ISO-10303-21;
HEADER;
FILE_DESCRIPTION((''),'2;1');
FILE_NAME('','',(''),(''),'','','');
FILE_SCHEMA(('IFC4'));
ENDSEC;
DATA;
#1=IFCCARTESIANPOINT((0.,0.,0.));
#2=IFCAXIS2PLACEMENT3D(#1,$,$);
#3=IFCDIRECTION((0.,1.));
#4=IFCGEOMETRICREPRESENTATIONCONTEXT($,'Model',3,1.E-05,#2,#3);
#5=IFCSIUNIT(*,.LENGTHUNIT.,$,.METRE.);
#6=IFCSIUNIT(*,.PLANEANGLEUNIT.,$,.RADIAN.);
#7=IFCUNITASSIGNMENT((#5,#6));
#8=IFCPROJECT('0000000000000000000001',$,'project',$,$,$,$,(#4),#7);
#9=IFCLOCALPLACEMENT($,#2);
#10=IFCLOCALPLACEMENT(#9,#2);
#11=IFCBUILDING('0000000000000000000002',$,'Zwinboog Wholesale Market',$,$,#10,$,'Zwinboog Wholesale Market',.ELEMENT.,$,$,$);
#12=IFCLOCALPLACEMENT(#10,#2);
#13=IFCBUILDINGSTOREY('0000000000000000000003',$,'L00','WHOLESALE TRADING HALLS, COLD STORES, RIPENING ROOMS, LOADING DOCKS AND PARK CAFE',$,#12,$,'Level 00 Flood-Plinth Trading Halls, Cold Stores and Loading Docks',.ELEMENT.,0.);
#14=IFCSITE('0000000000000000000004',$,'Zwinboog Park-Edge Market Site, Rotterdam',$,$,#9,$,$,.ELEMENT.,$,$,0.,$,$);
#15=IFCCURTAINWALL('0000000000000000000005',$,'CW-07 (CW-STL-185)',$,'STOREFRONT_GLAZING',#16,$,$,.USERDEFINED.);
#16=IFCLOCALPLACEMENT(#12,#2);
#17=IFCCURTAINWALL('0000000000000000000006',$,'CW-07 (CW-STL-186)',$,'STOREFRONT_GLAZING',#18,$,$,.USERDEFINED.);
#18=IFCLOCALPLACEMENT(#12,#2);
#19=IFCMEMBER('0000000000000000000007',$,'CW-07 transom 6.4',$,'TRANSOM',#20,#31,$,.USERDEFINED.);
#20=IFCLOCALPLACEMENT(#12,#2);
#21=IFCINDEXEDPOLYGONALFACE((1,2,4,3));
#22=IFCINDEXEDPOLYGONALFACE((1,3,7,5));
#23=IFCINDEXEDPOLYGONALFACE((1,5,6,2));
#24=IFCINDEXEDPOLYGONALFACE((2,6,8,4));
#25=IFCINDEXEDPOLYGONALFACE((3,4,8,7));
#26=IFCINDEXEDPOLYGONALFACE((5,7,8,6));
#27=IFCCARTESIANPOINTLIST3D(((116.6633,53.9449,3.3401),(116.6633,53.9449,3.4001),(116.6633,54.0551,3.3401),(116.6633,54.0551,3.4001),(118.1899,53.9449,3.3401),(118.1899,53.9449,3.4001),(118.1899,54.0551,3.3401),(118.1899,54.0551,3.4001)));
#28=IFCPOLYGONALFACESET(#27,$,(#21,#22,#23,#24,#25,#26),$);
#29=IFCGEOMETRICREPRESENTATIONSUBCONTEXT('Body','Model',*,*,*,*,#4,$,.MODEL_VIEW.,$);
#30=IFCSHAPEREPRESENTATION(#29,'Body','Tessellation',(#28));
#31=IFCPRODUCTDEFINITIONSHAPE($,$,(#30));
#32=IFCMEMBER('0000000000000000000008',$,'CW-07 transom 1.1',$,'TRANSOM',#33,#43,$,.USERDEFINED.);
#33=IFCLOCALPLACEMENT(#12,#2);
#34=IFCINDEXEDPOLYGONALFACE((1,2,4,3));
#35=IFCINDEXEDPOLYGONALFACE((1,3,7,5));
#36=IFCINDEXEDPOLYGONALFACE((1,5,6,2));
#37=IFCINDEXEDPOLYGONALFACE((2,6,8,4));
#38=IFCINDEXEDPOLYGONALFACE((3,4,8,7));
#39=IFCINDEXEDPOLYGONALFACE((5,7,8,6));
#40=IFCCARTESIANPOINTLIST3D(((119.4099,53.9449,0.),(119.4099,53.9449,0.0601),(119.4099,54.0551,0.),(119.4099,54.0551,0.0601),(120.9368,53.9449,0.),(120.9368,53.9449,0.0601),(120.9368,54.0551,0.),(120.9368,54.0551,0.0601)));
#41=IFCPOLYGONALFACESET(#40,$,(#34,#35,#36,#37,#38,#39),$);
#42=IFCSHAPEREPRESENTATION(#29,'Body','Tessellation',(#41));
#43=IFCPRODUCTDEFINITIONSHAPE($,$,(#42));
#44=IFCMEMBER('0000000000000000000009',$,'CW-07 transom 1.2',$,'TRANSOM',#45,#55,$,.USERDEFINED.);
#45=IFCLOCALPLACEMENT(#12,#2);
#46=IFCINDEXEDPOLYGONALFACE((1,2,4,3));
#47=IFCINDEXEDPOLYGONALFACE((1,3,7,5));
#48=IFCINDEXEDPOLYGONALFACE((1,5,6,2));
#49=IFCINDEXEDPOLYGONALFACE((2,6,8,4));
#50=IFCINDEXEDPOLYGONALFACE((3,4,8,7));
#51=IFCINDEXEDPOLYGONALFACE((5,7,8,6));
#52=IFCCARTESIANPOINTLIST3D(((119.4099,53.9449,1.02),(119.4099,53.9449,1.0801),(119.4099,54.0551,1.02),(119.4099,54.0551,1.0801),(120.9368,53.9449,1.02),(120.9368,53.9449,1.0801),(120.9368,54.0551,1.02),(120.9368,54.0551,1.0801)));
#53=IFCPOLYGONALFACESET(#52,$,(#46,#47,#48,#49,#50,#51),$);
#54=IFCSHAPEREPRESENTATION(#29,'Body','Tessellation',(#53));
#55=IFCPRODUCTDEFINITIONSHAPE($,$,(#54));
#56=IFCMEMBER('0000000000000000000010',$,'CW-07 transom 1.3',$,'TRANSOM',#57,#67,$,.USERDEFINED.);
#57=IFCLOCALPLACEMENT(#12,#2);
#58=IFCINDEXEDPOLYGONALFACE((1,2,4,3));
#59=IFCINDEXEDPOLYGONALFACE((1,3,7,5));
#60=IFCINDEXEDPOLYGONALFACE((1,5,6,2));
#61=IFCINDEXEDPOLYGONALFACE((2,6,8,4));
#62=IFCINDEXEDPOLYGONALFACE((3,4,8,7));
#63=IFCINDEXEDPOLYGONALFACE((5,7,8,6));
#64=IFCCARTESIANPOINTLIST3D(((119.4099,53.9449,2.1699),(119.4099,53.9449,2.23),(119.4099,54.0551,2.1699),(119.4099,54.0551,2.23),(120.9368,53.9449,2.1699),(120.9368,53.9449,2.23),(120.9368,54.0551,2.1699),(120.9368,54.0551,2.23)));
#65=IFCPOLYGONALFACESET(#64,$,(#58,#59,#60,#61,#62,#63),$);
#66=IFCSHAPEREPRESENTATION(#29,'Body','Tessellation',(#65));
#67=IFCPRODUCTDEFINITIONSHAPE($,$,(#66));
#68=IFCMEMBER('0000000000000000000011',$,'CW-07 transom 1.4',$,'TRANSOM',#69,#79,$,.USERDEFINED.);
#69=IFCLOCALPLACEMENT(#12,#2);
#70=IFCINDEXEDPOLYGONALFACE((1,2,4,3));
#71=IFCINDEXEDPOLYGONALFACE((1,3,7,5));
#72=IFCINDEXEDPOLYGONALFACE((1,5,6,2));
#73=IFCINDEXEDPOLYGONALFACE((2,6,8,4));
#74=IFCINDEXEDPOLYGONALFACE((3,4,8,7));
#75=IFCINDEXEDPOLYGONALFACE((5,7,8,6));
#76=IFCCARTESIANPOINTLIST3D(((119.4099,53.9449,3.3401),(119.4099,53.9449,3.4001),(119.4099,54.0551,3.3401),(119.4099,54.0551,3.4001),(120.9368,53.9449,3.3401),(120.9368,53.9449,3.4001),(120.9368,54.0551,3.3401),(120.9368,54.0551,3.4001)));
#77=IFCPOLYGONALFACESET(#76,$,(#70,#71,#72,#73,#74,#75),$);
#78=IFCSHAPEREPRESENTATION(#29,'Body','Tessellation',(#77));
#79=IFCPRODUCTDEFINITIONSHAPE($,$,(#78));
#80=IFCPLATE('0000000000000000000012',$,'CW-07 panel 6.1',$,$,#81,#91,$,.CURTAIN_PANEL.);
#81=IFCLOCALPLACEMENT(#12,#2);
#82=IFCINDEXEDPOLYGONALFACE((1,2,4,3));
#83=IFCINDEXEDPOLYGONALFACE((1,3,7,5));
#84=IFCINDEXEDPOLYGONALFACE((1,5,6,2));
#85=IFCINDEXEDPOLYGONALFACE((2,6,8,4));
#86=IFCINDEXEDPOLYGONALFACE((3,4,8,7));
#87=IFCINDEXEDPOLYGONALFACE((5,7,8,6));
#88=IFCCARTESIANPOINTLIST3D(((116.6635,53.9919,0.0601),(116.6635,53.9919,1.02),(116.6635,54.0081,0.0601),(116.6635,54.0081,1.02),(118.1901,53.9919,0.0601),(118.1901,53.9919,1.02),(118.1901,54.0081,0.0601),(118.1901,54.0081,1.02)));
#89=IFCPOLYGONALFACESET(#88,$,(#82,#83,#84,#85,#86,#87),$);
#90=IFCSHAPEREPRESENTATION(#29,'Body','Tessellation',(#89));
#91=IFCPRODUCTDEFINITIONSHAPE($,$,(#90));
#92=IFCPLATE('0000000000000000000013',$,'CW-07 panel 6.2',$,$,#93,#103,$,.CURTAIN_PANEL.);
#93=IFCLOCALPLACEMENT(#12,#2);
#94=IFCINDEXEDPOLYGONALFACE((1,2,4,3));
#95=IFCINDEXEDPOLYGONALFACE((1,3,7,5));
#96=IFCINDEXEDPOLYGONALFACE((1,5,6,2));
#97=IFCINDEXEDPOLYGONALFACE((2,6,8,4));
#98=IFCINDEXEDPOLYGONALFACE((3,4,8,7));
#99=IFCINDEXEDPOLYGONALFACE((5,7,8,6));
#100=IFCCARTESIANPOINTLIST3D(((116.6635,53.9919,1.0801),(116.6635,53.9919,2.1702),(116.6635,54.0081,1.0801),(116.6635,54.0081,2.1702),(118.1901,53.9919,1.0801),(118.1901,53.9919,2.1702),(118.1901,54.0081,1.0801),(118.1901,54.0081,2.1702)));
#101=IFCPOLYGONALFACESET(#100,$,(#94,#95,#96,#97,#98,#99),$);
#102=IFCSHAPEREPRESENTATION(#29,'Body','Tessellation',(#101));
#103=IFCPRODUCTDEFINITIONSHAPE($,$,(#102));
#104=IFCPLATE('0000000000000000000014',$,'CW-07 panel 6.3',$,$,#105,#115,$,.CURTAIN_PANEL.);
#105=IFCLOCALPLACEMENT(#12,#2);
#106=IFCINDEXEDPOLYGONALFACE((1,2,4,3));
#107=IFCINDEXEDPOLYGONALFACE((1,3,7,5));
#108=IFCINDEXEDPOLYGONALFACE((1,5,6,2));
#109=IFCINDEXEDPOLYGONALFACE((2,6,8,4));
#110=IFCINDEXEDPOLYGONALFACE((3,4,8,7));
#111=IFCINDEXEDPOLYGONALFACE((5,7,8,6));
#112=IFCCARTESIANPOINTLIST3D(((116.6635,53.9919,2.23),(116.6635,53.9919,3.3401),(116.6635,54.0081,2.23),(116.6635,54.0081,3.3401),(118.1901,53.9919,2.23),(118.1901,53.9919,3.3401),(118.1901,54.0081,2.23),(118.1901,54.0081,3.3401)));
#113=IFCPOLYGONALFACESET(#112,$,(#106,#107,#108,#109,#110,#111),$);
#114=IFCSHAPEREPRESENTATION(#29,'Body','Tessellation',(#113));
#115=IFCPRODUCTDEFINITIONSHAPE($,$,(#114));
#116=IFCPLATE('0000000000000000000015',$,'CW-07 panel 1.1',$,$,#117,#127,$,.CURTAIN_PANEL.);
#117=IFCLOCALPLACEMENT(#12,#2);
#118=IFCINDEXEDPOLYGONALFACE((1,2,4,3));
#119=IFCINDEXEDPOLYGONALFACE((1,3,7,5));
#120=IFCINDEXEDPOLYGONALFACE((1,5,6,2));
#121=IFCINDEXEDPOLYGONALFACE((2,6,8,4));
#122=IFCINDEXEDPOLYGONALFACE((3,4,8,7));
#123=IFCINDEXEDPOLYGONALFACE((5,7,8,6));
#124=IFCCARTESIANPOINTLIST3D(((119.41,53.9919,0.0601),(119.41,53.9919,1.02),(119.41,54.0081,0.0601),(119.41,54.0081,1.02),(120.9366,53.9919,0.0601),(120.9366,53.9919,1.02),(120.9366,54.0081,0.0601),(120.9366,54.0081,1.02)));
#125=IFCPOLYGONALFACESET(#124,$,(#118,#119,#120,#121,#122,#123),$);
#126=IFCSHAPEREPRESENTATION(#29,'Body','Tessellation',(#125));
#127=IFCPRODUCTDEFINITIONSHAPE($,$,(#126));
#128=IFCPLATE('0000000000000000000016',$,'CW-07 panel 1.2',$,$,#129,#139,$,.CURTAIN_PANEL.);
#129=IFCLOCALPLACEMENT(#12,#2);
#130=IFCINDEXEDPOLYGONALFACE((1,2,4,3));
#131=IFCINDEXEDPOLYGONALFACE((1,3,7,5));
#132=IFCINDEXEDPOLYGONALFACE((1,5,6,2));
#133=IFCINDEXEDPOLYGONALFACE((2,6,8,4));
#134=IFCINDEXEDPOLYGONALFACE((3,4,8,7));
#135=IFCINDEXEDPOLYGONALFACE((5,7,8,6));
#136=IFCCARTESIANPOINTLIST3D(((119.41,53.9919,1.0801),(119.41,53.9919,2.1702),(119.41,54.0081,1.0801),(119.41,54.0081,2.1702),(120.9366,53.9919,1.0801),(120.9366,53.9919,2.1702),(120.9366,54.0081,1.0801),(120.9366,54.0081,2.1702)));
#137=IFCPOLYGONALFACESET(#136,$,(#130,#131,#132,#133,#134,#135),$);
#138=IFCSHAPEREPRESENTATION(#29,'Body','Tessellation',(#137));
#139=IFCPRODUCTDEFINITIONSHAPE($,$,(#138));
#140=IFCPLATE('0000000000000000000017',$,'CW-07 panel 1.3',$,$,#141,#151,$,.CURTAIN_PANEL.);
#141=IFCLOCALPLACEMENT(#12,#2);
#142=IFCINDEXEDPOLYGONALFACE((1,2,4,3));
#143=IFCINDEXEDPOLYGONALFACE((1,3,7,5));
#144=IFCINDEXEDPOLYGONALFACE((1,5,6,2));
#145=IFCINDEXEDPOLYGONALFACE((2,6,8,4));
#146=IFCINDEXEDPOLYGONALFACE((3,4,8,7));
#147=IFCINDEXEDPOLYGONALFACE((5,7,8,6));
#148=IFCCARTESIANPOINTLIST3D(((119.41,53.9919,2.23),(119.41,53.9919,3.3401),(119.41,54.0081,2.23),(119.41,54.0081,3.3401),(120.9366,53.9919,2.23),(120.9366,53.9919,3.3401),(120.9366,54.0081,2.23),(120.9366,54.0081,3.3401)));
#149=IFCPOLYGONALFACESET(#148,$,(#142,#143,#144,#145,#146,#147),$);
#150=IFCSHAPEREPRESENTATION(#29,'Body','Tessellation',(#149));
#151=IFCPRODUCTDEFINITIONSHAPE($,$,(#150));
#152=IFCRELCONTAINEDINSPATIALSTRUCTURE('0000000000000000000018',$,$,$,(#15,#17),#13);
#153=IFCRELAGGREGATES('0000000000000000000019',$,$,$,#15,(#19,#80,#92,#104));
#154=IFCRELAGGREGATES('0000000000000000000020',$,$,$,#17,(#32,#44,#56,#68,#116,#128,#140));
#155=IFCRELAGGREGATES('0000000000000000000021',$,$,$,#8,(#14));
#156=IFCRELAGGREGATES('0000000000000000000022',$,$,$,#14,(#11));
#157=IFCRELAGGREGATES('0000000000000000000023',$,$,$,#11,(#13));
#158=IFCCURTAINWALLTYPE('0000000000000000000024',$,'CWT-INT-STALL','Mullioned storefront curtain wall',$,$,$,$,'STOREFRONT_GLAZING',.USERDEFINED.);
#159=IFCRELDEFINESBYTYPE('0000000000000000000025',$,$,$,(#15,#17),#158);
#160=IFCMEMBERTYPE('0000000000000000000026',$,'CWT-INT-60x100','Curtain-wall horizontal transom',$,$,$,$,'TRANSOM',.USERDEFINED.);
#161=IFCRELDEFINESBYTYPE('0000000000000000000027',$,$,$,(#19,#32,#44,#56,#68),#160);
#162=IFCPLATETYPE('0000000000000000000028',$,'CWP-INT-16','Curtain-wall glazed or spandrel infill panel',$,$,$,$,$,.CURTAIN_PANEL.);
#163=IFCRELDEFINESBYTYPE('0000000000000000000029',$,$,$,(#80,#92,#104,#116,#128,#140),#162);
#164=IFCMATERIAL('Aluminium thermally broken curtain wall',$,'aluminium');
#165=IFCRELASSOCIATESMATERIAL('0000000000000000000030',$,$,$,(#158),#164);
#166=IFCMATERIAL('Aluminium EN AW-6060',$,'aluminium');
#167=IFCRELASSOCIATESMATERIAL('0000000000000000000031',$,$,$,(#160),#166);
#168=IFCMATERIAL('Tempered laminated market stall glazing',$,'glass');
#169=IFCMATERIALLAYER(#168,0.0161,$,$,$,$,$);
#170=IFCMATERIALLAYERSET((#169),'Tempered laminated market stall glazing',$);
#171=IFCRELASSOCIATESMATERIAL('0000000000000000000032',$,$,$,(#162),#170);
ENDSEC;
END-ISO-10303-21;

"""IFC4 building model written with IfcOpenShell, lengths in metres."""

from ifc_helpers import new_model, si_unit, direction, frame, origin, origin_2d, place, context, subcontext, project, spatial, rectangle, extrude, material, layer, layer_set, material_profile, profile_set, type_object, element, aggregate, save


model = new_model("IFC4")

# Units and contexts
model_context = context("Model", 3, precision=1e-05, world=origin(), true_north=direction((0.0, 1.0)))
body_context = subcontext(model_context, "Body", "Model", "MODEL_VIEW")
ifc_project = project(units=[si_unit("LENGTHUNIT", "METRE"), si_unit("PLANEANGLEUNIT", "RADIAN")], contexts=[model_context])

# Site, building, storey
site_placement = place(None, origin())
site = spatial("IfcSite", under=ifc_project, at=site_placement, Name="Zwinboog Park-Edge Market Site, Rotterdam", CompositionType="ELEMENT", RefElevation=0.0)
building_placement = place(site_placement, origin())
building = spatial("IfcBuilding", under=site, at=building_placement, Name="Zwinboog Wholesale Market", LongName="Zwinboog Wholesale Market", CompositionType="ELEMENT")
storey_placement = place(building_placement, origin())
storey = spatial("IfcBuildingStorey", under=building, at=storey_placement, Name="L00", Description="WHOLESALE TRADING HALLS, COLD STORES, RIPENING ROOMS, LOADING DOCKS AND PARK CAFE", LongName="Level 00 Flood-Plinth Trading Halls, Cold Stores and Loading Docks", CompositionType="ELEMENT", Elevation=0.0)

# Curtain walls
ifc_material_1 = material(Name="Aluminium thermally broken curtain wall", Category="aluminium")
curtain_wall_type = type_object("IfcCurtainWallType", Name="CWT-INT-STALL", Description="Mullioned storefront curtain wall", ElementType="STOREFRONT_GLAZING", PredefinedType="USERDEFINED", material=ifc_material_1)
curtain_wall_1_placement = place(storey_placement, origin())
curtain_wall_1 = element("IfcCurtainWall", 1, at=curtain_wall_1_placement, inside=storey, type_object=curtain_wall_type, Name="CW-07 (CW-STL-185)", ObjectType="STOREFRONT_GLAZING", PredefinedType="USERDEFINED")
ifc_material_2 = material(Name="Aluminium EN AW-6060", Category="aluminium")
curtain_wall_2_placement = place(storey_placement, origin())
curtain_wall_2 = element("IfcCurtainWall", 2, at=curtain_wall_2_placement, inside=storey, type_object=curtain_wall_type, Name="CW-07 (CW-STL-186)", ObjectType="STOREFRONT_GLAZING", PredefinedType="USERDEFINED")

# Members
ifc_material_profile_1 = material_profile(ifc_material_2, rectangle(XDim=0.1101, YDim=0.0601, at=origin_2d()), Name="AL 60x110")
ifc_profile_set_1 = profile_set([ifc_material_profile_1], Name="Aluminium EN AW-6060")
member_type_1 = type_object("IfcMemberType", Name="CWT-INT-60x100", Description="Curtain-wall horizontal transom", ElementType="TRANSOM", PredefinedType="USERDEFINED", material=ifc_profile_set_1)
member_1_placement = place(storey_placement, frame((116.6633, 54.0, 3.3701), z_axis=(1.0, 0.0, 0.0), x_axis=(0.0, 1.0, 0.0)))
member_1 = element("IfcMember", 3, at=member_1_placement, type_object=member_type_1, Name="CW-07 transom 6.4", ObjectType="TRANSOM", PredefinedType="USERDEFINED", context=body_context, shape_type="SweptSolid", body=[
    extrude(rectangle(XDim=0.1101, YDim=0.0601, at=origin_2d()), origin(), (0.0, 0.0, 1.0), 1.5266),
])
member_2_placement = place(storey_placement, frame((119.4099, 54.0, 0.03), z_axis=(1.0, 0.0, 0.0), x_axis=(0.0, 1.0, 0.0)))
member_2 = element("IfcMember", 4, at=member_2_placement, type_object=member_type_1, Name="CW-07 transom 1.1", ObjectType="TRANSOM", PredefinedType="USERDEFINED", context=body_context, shape_type="SweptSolid", body=[
    extrude(rectangle(XDim=0.1101, YDim=0.0601, at=origin_2d()), origin(), (0.0, 0.0, 1.0), 1.5269),
])
member_3_placement = place(storey_placement, frame((119.4099, 54.0, 1.05), z_axis=(1.0, 0.0, 0.0), x_axis=(0.0, 1.0, 0.0)))
member_3 = element("IfcMember", 5, at=member_3_placement, type_object=member_type_1, Name="CW-07 transom 1.2", ObjectType="TRANSOM", PredefinedType="USERDEFINED", context=body_context, shape_type="SweptSolid", body=[
    extrude(rectangle(XDim=0.1101, YDim=0.0601, at=origin_2d()), origin(), (0.0, 0.0, 1.0), 1.5269),
])
member_4_placement = place(storey_placement, frame((119.4099, 54.0, 2.2), z_axis=(1.0, 0.0, 0.0), x_axis=(0.0, 1.0, 0.0)))
member_4 = element("IfcMember", 6, at=member_4_placement, type_object=member_type_1, Name="CW-07 transom 1.3", ObjectType="TRANSOM", PredefinedType="USERDEFINED", context=body_context, shape_type="SweptSolid", body=[
    extrude(rectangle(XDim=0.1101, YDim=0.0601, at=origin_2d()), origin(), (0.0, 0.0, 1.0), 1.5269),
])
member_5_placement = place(storey_placement, frame((119.4099, 54.0, 3.3701), z_axis=(1.0, 0.0, 0.0), x_axis=(0.0, 1.0, 0.0)))
member_5 = element("IfcMember", 7, at=member_5_placement, type_object=member_type_1, Name="CW-07 transom 1.4", ObjectType="TRANSOM", PredefinedType="USERDEFINED", context=body_context, shape_type="SweptSolid", body=[
    extrude(rectangle(XDim=0.1101, YDim=0.0601, at=origin_2d()), origin(), (0.0, 0.0, 1.0), 1.5269),
])

# Plates
ifc_material_3 = material(Name="Tempered laminated market stall glazing", Category="glass")
ifc_layer = layer(ifc_material_3, 0.0161)
ifc_layer_set = layer_set([ifc_layer], Name="Tempered laminated market stall glazing")
plate_type = type_object("IfcPlateType", Name="CWP-INT-16", Description="Curtain-wall glazed or spandrel infill panel", PredefinedType="CURTAIN_PANEL", material=ifc_layer_set)
plate_1_placement = place(storey_placement, frame((117.4268, 54.0, 0.0601), z_axis=(0.0, 0.0, 1.0), x_axis=(1.0, 0.0, 0.0)))
plate_1 = element("IfcPlate", 8, at=plate_1_placement, type_object=plate_type, Name="CW-07 panel 6.1", PredefinedType="CURTAIN_PANEL", context=body_context, shape_type="SweptSolid", body=[
    extrude(rectangle(XDim=1.5266, YDim=0.0161, at=origin_2d()), origin(), (0.0, 0.0, 1.0), 0.96),
])
plate_2_placement = place(storey_placement, frame((117.4268, 54.0, 1.0801), z_axis=(0.0, 0.0, 1.0), x_axis=(1.0, 0.0, 0.0)))
plate_2 = element("IfcPlate", 9, at=plate_2_placement, type_object=plate_type, Name="CW-07 panel 6.2", PredefinedType="CURTAIN_PANEL", context=body_context, shape_type="SweptSolid", body=[
    extrude(rectangle(XDim=1.5266, YDim=0.0161, at=origin_2d()), origin(), (0.0, 0.0, 1.0), 1.0901),
])
plate_3_placement = place(storey_placement, frame((117.4268, 54.0, 2.23), z_axis=(0.0, 0.0, 1.0), x_axis=(1.0, 0.0, 0.0)))
plate_3 = element("IfcPlate", 10, at=plate_3_placement, type_object=plate_type, Name="CW-07 panel 6.3", PredefinedType="CURTAIN_PANEL", context=body_context, shape_type="SweptSolid", body=[
    extrude(rectangle(XDim=1.5266, YDim=0.0161, at=origin_2d()), origin(), (0.0, 0.0, 1.0), 1.1101),
])
aggregate(curtain_wall_1, [member_1, plate_1, plate_2, plate_3])
plate_4_placement = place(storey_placement, frame((120.1733, 54.0, 0.0601), z_axis=(0.0, 0.0, 1.0), x_axis=(1.0, 0.0, 0.0)))
plate_4 = element("IfcPlate", 11, at=plate_4_placement, type_object=plate_type, Name="CW-07 panel 1.1", PredefinedType="CURTAIN_PANEL", context=body_context, shape_type="SweptSolid", body=[
    extrude(rectangle(XDim=1.5266, YDim=0.0161, at=origin_2d()), origin(), (0.0, 0.0, 1.0), 0.96),
])
plate_5_placement = place(storey_placement, frame((120.1733, 54.0, 1.0801), z_axis=(0.0, 0.0, 1.0), x_axis=(1.0, 0.0, 0.0)))
plate_5 = element("IfcPlate", 12, at=plate_5_placement, type_object=plate_type, Name="CW-07 panel 1.2", PredefinedType="CURTAIN_PANEL", context=body_context, shape_type="SweptSolid", body=[
    extrude(rectangle(XDim=1.5266, YDim=0.0161, at=origin_2d()), origin(), (0.0, 0.0, 1.0), 1.0901),
])
plate_6_placement = place(storey_placement, frame((120.1733, 54.0, 2.23), z_axis=(0.0, 0.0, 1.0), x_axis=(1.0, 0.0, 0.0)))
plate_6 = element("IfcPlate", 13, at=plate_6_placement, type_object=plate_type, Name="CW-07 panel 1.3", PredefinedType="CURTAIN_PANEL", context=body_context, shape_type="SweptSolid", body=[
    extrude(rectangle(XDim=1.5266, YDim=0.0161, at=origin_2d()), origin(), (0.0, 0.0, 1.0), 1.1101),
])
aggregate(curtain_wall_2, [member_2, member_3, member_4, member_5, plate_4, plate_5, plate_6])

save(model, "model.ifc")
